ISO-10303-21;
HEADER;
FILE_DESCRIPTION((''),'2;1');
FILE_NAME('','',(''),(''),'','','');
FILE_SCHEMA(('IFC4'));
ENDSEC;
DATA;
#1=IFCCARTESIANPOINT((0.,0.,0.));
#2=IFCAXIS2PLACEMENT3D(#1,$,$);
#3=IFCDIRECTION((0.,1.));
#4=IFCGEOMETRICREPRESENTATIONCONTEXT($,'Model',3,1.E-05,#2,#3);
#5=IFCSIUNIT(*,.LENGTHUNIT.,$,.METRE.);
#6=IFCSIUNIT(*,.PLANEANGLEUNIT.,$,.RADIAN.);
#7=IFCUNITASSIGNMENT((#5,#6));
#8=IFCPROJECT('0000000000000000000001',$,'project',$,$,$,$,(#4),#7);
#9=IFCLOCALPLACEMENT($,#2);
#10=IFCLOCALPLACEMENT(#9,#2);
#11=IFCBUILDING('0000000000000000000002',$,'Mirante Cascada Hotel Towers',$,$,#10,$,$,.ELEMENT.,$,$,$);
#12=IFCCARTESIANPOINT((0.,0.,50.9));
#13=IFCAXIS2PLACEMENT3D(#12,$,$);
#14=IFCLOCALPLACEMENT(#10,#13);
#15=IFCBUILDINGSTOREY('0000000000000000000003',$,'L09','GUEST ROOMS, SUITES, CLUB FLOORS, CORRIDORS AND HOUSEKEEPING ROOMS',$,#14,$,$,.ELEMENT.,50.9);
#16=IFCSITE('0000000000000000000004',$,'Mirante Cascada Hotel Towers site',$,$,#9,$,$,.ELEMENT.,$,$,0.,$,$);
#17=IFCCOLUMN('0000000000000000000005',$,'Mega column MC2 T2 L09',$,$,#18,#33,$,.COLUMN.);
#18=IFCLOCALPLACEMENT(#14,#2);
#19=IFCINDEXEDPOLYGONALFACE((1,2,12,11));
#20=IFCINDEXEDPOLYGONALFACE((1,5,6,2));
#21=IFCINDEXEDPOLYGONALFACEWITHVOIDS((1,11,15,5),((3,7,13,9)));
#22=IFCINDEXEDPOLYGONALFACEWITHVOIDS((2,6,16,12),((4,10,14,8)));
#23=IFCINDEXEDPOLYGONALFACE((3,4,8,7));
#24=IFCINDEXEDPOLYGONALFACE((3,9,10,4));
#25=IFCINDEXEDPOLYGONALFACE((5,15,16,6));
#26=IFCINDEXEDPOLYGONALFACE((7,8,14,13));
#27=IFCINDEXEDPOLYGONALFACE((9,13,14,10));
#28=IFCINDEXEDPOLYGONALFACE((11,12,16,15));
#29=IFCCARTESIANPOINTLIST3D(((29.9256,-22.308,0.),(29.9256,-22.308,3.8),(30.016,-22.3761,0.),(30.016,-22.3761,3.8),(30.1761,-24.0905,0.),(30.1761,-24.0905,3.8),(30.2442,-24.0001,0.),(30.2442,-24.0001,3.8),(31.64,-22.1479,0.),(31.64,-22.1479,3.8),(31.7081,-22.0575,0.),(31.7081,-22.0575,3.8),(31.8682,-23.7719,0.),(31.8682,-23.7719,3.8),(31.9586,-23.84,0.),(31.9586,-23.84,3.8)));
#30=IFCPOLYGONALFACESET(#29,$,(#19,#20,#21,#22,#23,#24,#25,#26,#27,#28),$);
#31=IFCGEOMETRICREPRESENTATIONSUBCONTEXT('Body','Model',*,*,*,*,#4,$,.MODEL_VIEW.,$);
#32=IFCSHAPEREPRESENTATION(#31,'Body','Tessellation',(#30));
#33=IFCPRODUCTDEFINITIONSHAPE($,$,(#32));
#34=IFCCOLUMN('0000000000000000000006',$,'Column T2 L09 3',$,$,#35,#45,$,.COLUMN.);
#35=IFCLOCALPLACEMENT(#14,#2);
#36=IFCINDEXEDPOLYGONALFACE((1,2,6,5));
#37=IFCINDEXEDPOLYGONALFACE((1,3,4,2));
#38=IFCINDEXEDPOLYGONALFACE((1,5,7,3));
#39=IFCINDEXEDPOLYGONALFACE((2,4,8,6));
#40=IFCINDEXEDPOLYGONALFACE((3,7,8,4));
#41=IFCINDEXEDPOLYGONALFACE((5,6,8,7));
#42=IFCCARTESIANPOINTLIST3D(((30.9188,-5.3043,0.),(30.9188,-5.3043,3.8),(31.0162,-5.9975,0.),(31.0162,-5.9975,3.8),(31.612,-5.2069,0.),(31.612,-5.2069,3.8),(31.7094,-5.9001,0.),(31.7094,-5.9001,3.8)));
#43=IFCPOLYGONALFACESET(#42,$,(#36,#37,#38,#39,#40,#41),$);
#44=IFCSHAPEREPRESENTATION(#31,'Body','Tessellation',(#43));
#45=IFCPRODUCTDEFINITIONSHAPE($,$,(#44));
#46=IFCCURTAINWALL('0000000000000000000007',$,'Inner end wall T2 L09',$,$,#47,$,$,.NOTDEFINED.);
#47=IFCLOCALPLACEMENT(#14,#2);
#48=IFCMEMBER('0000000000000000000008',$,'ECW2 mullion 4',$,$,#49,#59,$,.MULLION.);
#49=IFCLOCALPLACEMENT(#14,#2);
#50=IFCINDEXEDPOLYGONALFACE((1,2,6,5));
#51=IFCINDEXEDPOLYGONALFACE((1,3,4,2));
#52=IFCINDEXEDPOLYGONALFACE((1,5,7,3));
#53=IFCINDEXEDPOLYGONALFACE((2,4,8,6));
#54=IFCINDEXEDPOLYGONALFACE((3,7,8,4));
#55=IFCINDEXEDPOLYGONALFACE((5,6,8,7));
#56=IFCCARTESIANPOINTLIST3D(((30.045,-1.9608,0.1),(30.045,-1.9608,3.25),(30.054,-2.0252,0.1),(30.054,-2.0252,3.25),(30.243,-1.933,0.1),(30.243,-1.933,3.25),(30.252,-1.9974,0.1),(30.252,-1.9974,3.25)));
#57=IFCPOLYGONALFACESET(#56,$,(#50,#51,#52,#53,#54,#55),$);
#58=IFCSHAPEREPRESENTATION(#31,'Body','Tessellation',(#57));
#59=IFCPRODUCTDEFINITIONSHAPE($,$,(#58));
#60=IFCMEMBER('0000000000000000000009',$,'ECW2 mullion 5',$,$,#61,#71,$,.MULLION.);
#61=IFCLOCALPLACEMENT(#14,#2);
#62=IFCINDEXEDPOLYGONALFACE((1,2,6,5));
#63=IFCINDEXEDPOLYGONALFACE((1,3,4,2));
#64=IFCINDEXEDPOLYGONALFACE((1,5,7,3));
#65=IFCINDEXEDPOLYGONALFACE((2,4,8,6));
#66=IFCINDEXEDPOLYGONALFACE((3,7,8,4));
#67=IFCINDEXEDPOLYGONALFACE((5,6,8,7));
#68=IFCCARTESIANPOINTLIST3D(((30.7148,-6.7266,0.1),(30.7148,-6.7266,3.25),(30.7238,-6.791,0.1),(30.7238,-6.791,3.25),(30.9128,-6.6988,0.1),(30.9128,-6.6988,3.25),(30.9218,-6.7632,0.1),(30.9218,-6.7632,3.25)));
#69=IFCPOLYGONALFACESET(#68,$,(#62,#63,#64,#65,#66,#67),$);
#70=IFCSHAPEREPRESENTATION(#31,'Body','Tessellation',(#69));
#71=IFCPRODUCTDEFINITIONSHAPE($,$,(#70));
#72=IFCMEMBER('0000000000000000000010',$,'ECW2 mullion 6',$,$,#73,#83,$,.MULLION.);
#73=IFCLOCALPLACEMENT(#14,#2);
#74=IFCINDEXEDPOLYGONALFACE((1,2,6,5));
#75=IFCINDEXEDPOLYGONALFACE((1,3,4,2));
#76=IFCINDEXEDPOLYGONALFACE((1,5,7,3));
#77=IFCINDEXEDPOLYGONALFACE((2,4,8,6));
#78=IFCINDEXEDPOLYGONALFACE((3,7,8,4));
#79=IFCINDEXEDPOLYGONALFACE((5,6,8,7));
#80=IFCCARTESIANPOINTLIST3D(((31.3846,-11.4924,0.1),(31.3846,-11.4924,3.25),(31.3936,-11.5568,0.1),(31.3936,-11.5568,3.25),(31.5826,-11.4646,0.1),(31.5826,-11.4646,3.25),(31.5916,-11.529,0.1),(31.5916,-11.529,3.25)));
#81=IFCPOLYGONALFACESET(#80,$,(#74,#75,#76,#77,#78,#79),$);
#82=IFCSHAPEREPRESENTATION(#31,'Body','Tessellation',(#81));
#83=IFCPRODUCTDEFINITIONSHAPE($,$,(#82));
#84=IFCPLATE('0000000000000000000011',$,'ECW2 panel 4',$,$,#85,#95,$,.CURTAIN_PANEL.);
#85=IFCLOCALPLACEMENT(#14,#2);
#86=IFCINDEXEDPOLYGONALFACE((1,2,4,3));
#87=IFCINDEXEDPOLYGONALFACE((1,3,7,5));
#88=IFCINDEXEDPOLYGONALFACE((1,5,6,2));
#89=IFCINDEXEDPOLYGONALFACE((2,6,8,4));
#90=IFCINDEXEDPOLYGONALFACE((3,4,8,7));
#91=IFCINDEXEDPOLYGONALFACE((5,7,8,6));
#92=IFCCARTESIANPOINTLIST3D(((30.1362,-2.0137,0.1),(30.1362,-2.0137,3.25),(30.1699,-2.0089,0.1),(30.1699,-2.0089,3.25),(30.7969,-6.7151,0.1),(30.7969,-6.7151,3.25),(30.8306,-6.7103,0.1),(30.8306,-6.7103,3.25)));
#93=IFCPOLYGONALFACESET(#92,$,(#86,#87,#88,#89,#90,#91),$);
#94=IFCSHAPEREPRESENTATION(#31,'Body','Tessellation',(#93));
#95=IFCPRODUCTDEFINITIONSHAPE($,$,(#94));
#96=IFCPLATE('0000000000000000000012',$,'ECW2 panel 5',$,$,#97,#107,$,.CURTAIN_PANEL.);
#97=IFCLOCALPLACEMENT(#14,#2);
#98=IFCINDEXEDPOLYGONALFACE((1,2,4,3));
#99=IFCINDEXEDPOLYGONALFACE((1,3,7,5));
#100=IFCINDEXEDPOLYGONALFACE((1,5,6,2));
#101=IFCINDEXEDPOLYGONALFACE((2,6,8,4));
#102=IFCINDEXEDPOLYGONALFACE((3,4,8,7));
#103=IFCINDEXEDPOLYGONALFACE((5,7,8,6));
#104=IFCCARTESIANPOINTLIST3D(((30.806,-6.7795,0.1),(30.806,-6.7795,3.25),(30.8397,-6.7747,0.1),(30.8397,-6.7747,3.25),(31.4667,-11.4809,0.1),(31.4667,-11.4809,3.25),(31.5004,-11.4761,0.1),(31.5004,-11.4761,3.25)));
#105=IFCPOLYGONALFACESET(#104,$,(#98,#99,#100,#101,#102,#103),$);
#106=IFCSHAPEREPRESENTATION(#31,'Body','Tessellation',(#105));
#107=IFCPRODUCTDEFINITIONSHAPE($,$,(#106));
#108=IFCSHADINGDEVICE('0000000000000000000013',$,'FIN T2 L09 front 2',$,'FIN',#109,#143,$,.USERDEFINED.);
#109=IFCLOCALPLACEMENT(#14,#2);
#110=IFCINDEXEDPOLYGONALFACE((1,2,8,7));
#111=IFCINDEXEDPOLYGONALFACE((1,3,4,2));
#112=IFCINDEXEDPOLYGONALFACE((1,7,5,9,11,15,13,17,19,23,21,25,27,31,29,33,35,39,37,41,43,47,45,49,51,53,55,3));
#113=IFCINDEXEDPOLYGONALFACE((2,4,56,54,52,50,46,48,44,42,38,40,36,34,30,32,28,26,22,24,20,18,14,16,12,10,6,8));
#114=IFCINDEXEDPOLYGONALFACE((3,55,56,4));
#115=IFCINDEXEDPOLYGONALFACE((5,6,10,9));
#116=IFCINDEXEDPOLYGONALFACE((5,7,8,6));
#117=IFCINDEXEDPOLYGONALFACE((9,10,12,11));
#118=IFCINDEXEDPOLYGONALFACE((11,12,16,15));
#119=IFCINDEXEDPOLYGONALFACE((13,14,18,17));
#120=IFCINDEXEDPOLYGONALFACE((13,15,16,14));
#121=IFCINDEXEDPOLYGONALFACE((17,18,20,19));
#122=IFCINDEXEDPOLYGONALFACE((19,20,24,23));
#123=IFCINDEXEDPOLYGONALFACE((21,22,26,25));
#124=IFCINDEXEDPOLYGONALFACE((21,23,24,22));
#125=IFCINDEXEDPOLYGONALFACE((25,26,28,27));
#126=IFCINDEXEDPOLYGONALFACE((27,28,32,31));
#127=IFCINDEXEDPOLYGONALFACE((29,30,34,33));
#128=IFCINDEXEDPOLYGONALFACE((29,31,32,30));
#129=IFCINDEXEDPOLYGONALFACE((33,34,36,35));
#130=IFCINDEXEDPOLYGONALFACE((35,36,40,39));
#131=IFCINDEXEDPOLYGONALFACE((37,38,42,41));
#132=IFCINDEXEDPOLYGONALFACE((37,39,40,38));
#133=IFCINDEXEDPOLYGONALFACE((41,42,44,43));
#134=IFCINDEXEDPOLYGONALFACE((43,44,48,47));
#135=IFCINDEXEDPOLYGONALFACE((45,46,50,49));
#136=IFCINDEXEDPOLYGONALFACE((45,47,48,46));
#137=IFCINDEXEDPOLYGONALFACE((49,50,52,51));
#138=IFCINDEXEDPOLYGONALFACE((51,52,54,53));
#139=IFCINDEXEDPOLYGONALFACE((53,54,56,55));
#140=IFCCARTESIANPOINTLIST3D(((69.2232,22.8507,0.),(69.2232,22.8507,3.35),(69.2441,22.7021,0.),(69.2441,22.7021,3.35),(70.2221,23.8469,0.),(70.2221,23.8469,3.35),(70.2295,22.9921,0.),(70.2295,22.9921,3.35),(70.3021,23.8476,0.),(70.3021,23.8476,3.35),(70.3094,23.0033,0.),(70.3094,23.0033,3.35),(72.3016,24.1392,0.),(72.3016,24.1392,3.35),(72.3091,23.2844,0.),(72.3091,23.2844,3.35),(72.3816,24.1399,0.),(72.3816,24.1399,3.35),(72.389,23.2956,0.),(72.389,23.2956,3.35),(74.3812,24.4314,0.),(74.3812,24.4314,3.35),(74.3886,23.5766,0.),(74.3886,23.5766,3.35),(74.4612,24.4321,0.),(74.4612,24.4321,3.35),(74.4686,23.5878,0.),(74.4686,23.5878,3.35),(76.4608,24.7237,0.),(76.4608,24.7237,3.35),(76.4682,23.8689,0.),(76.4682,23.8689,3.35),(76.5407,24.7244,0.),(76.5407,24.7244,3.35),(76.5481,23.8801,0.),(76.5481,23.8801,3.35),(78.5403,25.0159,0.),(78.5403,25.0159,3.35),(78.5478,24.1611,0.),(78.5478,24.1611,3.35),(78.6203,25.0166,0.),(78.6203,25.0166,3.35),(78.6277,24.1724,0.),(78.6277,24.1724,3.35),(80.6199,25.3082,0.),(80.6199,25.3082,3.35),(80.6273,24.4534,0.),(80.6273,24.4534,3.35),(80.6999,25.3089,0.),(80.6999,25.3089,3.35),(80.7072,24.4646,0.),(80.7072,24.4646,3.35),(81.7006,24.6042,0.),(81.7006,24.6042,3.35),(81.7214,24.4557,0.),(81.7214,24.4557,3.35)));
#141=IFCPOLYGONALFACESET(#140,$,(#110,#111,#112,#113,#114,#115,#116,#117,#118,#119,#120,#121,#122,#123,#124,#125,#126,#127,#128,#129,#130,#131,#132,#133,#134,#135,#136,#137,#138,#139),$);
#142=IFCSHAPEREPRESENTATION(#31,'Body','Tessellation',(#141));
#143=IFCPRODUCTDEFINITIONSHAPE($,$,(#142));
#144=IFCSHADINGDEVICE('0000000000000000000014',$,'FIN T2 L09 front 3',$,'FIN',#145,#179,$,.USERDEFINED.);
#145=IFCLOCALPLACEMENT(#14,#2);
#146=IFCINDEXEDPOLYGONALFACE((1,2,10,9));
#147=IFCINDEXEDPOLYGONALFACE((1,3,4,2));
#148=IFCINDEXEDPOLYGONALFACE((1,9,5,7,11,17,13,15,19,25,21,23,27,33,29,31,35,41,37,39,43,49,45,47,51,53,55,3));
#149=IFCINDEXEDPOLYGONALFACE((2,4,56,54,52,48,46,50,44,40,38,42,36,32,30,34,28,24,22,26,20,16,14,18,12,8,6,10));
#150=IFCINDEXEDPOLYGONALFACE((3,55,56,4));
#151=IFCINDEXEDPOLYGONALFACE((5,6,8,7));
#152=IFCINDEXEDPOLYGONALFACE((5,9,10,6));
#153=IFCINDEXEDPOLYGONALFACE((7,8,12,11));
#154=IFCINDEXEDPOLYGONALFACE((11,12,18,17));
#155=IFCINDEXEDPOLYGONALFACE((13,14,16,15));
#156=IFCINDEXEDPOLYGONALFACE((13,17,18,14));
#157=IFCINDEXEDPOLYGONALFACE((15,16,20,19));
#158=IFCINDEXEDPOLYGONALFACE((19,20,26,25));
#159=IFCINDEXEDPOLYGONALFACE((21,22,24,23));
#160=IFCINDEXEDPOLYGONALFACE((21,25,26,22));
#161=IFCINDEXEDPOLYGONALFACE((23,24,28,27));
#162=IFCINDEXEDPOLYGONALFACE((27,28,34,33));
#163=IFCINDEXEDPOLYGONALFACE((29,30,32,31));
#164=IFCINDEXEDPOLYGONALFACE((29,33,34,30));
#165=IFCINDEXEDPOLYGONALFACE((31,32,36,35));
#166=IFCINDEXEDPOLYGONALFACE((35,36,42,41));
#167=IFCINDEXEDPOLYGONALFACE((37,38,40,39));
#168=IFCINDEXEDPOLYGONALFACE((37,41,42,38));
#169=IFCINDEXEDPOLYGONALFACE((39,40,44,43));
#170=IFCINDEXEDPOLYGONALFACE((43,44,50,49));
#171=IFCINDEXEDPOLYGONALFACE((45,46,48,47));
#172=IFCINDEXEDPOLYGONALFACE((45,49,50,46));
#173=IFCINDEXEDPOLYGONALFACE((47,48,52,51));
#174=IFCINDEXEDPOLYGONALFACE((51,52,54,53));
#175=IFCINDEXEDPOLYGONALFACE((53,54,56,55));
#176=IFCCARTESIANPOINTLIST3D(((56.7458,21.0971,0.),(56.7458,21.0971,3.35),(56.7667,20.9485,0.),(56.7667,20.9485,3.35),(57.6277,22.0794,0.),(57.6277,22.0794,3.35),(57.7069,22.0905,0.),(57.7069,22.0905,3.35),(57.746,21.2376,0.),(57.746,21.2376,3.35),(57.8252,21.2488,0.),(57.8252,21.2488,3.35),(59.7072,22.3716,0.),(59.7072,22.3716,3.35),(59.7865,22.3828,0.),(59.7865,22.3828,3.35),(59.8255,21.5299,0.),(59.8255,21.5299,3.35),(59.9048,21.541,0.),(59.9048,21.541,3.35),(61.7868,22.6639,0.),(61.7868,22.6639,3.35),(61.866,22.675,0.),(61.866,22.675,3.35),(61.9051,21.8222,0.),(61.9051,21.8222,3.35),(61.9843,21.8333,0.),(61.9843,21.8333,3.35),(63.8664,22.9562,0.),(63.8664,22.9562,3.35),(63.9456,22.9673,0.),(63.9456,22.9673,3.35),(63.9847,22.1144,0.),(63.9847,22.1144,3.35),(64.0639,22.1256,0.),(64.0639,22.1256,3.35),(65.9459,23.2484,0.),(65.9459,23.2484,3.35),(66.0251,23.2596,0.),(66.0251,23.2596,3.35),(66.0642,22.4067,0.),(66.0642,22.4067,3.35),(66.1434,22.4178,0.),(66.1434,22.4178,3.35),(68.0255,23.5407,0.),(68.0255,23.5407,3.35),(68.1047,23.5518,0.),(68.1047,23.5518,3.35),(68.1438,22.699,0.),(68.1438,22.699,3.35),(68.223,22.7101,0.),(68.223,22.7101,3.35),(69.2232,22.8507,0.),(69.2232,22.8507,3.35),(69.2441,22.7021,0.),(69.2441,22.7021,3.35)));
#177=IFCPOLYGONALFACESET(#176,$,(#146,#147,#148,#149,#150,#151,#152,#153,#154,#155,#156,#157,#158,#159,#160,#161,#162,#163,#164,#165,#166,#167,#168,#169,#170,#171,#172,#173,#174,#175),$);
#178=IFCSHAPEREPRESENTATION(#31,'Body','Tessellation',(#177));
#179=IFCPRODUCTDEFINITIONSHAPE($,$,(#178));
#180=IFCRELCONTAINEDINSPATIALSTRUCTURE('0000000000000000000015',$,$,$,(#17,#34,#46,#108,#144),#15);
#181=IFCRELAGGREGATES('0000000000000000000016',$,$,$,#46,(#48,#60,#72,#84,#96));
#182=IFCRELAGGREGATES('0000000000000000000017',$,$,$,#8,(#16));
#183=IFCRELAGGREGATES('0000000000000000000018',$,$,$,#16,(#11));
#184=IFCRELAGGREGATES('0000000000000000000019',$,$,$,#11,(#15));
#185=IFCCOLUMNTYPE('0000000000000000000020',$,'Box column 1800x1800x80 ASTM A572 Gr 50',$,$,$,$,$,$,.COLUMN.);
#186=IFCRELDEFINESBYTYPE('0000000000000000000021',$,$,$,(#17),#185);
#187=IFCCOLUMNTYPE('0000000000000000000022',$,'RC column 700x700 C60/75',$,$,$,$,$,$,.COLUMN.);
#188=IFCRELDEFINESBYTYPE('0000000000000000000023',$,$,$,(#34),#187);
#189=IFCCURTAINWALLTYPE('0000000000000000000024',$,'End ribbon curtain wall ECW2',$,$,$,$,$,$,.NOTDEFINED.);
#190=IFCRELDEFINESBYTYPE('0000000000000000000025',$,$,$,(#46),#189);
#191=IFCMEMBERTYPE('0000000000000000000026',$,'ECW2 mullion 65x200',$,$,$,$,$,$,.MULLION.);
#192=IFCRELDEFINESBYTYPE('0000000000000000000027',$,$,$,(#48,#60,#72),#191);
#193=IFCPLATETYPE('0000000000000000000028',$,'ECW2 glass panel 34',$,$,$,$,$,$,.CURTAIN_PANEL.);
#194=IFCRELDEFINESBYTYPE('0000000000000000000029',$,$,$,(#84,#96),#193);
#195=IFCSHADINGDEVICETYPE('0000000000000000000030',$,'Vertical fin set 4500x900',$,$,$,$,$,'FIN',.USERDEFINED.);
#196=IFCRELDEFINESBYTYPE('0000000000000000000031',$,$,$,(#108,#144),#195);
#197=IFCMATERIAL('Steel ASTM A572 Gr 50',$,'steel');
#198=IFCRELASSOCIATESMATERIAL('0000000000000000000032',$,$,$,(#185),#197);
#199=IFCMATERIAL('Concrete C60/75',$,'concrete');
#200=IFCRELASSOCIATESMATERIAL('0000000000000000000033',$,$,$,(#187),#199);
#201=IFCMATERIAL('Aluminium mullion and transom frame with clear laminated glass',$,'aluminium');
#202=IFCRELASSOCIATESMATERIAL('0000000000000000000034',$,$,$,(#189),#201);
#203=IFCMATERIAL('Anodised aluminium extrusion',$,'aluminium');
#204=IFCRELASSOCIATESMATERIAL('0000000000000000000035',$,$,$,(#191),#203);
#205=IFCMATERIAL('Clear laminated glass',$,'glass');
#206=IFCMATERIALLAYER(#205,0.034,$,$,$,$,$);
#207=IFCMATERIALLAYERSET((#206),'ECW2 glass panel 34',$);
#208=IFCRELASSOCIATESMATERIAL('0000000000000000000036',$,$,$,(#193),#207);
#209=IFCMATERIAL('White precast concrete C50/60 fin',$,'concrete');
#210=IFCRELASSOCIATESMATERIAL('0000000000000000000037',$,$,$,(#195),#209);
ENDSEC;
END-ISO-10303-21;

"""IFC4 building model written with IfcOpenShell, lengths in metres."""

from ifc_helpers import new_model, si_unit, direction, frame, origin, origin_2d, place, context, subcontext, project, spatial, polyline, rectangle, hollow_rectangle, outline, extrude, material, layer, layer_set, material_profile, profile_set, type_object, element, aggregate, save


model = new_model("IFC4")

# Units and contexts
model_context = context("Model", 3, precision=1e-05, world=origin(), true_north=direction((0.0, 1.0)))
body_context = subcontext(model_context, "Body", "Model", "MODEL_VIEW")
ifc_project = project(units=[si_unit("LENGTHUNIT", "METRE"), si_unit("PLANEANGLEUNIT", "RADIAN")], contexts=[model_context])

# Site, building, storey
site_placement = place(None, origin())
site = spatial("IfcSite", under=ifc_project, at=site_placement, Name="Mirante Cascada Hotel Towers site", CompositionType="ELEMENT", RefElevation=0.0)
building_placement = place(site_placement, origin())
building = spatial("IfcBuilding", under=site, at=building_placement, Name="Mirante Cascada Hotel Towers", CompositionType="ELEMENT")
storey_placement = place(building_placement, frame((0.0, 0.0, 50.9)))
storey = spatial("IfcBuildingStorey", under=building, at=storey_placement, Name="L09", Description="GUEST ROOMS, SUITES, CLUB FLOORS, CORRIDORS AND HOUSEKEEPING ROOMS", CompositionType="ELEMENT", Elevation=50.9)

# Columns
ifc_material_1 = material(Name="Steel ASTM A572 Gr 50", Category="steel")
ifc_material_profile_1 = material_profile(ifc_material_1, hollow_rectangle(XDim=1.8, YDim=1.8, WallThickness=0.08, at=origin_2d()), Name="Box column 1800x1800x80 ASTM A572 Gr 50")
ifc_profile_set_1 = profile_set([ifc_material_profile_1], Name="Steel ASTM A572 Gr 50")
column_type_1 = type_object("IfcColumnType", Name="Box column 1800x1800x80 ASTM A572 Gr 50", PredefinedType="COLUMN", material=ifc_profile_set_1)
column_1_placement = place(storey_placement, frame((30.9421, -23.074, 0.0), z_axis=(0.0, 0.0, 1.0), x_axis=(0.990268, 0.139173, 0.0)))
element("IfcColumn", 1, at=column_1_placement, inside=storey, type_object=column_type_1, Name="Mega column MC2 T2 L09", PredefinedType="COLUMN", context=body_context, shape_type="SweptSolid", body=[
    extrude(hollow_rectangle(XDim=1.8, YDim=1.8, WallThickness=0.08, at=origin_2d()), origin(), (0.0, 0.0, 1.0), 3.8),
])
ifc_material_2 = material(Name="Concrete C60/75", Category="concrete")
ifc_material_profile_2 = material_profile(ifc_material_2, rectangle(XDim=0.7, YDim=0.7, at=origin_2d()), Name="RC column 700x700 C60/75")
ifc_profile_set_2 = profile_set([ifc_material_profile_2], Name="Concrete C60/75")
column_type_2 = type_object("IfcColumnType", Name="RC column 700x700 C60/75", PredefinedType="COLUMN", material=ifc_profile_set_2)
column_2_placement = place(storey_placement, frame((31.3141, -5.6022, 0.0), z_axis=(0.0, 0.0, 1.0), x_axis=(0.990268, 0.139173, 0.0)))
element("IfcColumn", 2, at=column_2_placement, inside=storey, type_object=column_type_2, Name="Column T2 L09 3", PredefinedType="COLUMN", context=body_context, shape_type="SweptSolid", body=[
    extrude(rectangle(XDim=0.7, YDim=0.7, at=origin_2d()), origin(), (0.0, 0.0, 1.0), 3.8),
])

# Curtain wall, members, plates
ifc_material_3 = material(Name="Aluminium mullion and transom frame with clear laminated glass", Category="aluminium")
curtain_wall_type = type_object("IfcCurtainWallType", Name="End ribbon curtain wall ECW2", PredefinedType="NOTDEFINED", material=ifc_material_3)
curtain_wall_placement = place(storey_placement, origin())
curtain_wall = element("IfcCurtainWall", 3, at=curtain_wall_placement, inside=storey, type_object=curtain_wall_type, Name="Inner end wall T2 L09", PredefinedType="NOTDEFINED")
ifc_material_4 = material(Name="Anodised aluminium extrusion", Category="aluminium")
ifc_material_profile_3 = material_profile(ifc_material_4, rectangle(XDim=0.2, YDim=0.065, at=origin_2d()), Name="ECW2 MULLION 65x200")
ifc_profile_set_3 = profile_set([ifc_material_profile_3], Name="Anodised aluminium extrusion")
member_type = type_object("IfcMemberType", Name="ECW2 mullion 65x200", PredefinedType="MULLION", material=ifc_profile_set_3)
member_1_placement = place(storey_placement, frame((30.1485, -1.9791, 0.1), z_axis=(0.0, 0.0, 1.0), x_axis=(0.990268, 0.139173, 0.0)))
member_1 = element("IfcMember", 4, at=member_1_placement, type_object=member_type, Name="ECW2 mullion 4", PredefinedType="MULLION", context=body_context, shape_type="SweptSolid", body=[
    extrude(rectangle(XDim=0.2, YDim=0.065, at=origin_2d()), origin(), (0.0, 0.0, 1.0), 3.15),
])
member_2_placement = place(storey_placement, frame((30.8183, -6.7449, 0.1), z_axis=(0.0, 0.0, 1.0), x_axis=(0.990268, 0.139173, 0.0)))
member_2 = element("IfcMember", 5, at=member_2_placement, type_object=member_type, Name="ECW2 mullion 5", PredefinedType="MULLION", context=body_context, shape_type="SweptSolid", body=[
    extrude(rectangle(XDim=0.2, YDim=0.065, at=origin_2d()), origin(), (0.0, 0.0, 1.0), 3.15),
])
member_3_placement = place(storey_placement, frame((31.4881, -11.5107, 0.1), z_axis=(0.0, 0.0, 1.0), x_axis=(0.990268, 0.139173, 0.0)))
member_3 = element("IfcMember", 6, at=member_3_placement, type_object=member_type, Name="ECW2 mullion 6", PredefinedType="MULLION", context=body_context, shape_type="SweptSolid", body=[
    extrude(rectangle(XDim=0.2, YDim=0.065, at=origin_2d()), origin(), (0.0, 0.0, 1.0), 3.15),
])
ifc_material_5 = material(Name="Clear laminated glass", Category="glass")
ifc_layer = layer(ifc_material_5, 0.034)
ifc_layer_set = layer_set([ifc_layer], Name="ECW2 glass panel 34")
plate_type = type_object("IfcPlateType", Name="ECW2 glass panel 34", PredefinedType="CURTAIN_PANEL", material=ifc_layer_set)
plate_1_placement = place(storey_placement, frame((30.4834, -4.362, 0.1), z_axis=(0.0, 0.0, 1.0), x_axis=(0.139173, -0.990268, 0.0)))
plate_1 = element("IfcPlate", 7, at=plate_1_placement, type_object=plate_type, Name="ECW2 panel 4", PredefinedType="CURTAIN_PANEL", context=body_context, shape_type="SweptSolid", body=[
    extrude(rectangle(XDim=4.7476, YDim=0.034, at=origin_2d()), origin(), (0.0, 0.0, 1.0), 3.15),
])
plate_2_placement = place(storey_placement, frame((31.1532, -9.1278, 0.1), z_axis=(0.0, 0.0, 1.0), x_axis=(0.139173, -0.990268, 0.0)))
plate_2 = element("IfcPlate", 8, at=plate_2_placement, type_object=plate_type, Name="ECW2 panel 5", PredefinedType="CURTAIN_PANEL", context=body_context, shape_type="SweptSolid", body=[
    extrude(rectangle(XDim=4.7476, YDim=0.034, at=origin_2d()), origin(), (0.0, 0.0, 1.0), 3.15),
])
aggregate(curtain_wall, [member_1, member_2, member_3, plate_1, plate_2])

# Shading devices
ifc_material_6 = material(Name="White precast concrete C50/60 fin", Category="concrete")
shading_device_type = type_object("IfcShadingDeviceType", Name="Vertical fin set 4500x900", ElementType="FIN", PredefinedType="USERDEFINED", material=ifc_material_6)
shading_device_1_placement = place(storey_placement, origin())
element("IfcShadingDevice", 9, at=shading_device_1_placement, inside=storey, type_object=shading_device_type, Name="FIN T2 L09 front 2", ObjectType="FIN", PredefinedType="USERDEFINED", context=body_context, shape_type="SweptSolid", body=[
    extrude(outline(polyline([(70.3021, 23.8476), (70.3094, 23.0033), (72.3091, 23.2844), (72.3016, 24.1392), (72.3816, 24.1399), (72.389, 23.2956), (74.3886, 23.5766), (74.3812, 24.4314), (74.4612, 24.4321), (74.4686, 23.5878), (76.4682, 23.8689), (76.4608, 24.7237), (76.5407, 24.7244), (76.5481, 23.8801), (78.5478, 24.1611), (78.5403, 25.0159), (78.6203, 25.0166), (78.6277, 24.1724), (80.6273, 24.4534), (80.6199, 25.3082), (80.6999, 25.3089), (80.7072, 24.4646), (81.7006, 24.6042), (81.7214, 24.4557), (69.2441, 22.7021), (69.2232, 22.8507), (70.2295, 22.9921), (70.2221, 23.8469), (70.3021, 23.8476)])), origin(), (0.0, 0.0, 1.0), 3.35),
])
shading_device_2_placement = place(storey_placement, origin())
element("IfcShadingDevice", 10, at=shading_device_2_placement, inside=storey, type_object=shading_device_type, Name="FIN T2 L09 front 3", ObjectType="FIN", PredefinedType="USERDEFINED", context=body_context, shape_type="SweptSolid", body=[
    extrude(outline(polyline([(57.7069, 22.0905), (57.8252, 21.2488), (59.8255, 21.5299), (59.7072, 22.3716), (59.7865, 22.3828), (59.9048, 21.541), (61.9051, 21.8222), (61.7868, 22.6639), (61.866, 22.675), (61.9843, 21.8333), (63.9847, 22.1144), (63.8664, 22.9562), (63.9456, 22.9673), (64.0639, 22.1256), (66.0642, 22.4067), (65.9459, 23.2484), (66.0251, 23.2596), (66.1434, 22.4178), (68.1438, 22.699), (68.0255, 23.5407), (68.1047, 23.5518), (68.223, 22.7101), (69.2232, 22.8507), (69.2441, 22.7021), (56.7667, 20.9485), (56.7458, 21.0971), (57.746, 21.2376), (57.6277, 22.0794), (57.7069, 22.0905)])), origin(), (0.0, 0.0, 1.0), 3.35),
])

save(model, "model.ifc")
